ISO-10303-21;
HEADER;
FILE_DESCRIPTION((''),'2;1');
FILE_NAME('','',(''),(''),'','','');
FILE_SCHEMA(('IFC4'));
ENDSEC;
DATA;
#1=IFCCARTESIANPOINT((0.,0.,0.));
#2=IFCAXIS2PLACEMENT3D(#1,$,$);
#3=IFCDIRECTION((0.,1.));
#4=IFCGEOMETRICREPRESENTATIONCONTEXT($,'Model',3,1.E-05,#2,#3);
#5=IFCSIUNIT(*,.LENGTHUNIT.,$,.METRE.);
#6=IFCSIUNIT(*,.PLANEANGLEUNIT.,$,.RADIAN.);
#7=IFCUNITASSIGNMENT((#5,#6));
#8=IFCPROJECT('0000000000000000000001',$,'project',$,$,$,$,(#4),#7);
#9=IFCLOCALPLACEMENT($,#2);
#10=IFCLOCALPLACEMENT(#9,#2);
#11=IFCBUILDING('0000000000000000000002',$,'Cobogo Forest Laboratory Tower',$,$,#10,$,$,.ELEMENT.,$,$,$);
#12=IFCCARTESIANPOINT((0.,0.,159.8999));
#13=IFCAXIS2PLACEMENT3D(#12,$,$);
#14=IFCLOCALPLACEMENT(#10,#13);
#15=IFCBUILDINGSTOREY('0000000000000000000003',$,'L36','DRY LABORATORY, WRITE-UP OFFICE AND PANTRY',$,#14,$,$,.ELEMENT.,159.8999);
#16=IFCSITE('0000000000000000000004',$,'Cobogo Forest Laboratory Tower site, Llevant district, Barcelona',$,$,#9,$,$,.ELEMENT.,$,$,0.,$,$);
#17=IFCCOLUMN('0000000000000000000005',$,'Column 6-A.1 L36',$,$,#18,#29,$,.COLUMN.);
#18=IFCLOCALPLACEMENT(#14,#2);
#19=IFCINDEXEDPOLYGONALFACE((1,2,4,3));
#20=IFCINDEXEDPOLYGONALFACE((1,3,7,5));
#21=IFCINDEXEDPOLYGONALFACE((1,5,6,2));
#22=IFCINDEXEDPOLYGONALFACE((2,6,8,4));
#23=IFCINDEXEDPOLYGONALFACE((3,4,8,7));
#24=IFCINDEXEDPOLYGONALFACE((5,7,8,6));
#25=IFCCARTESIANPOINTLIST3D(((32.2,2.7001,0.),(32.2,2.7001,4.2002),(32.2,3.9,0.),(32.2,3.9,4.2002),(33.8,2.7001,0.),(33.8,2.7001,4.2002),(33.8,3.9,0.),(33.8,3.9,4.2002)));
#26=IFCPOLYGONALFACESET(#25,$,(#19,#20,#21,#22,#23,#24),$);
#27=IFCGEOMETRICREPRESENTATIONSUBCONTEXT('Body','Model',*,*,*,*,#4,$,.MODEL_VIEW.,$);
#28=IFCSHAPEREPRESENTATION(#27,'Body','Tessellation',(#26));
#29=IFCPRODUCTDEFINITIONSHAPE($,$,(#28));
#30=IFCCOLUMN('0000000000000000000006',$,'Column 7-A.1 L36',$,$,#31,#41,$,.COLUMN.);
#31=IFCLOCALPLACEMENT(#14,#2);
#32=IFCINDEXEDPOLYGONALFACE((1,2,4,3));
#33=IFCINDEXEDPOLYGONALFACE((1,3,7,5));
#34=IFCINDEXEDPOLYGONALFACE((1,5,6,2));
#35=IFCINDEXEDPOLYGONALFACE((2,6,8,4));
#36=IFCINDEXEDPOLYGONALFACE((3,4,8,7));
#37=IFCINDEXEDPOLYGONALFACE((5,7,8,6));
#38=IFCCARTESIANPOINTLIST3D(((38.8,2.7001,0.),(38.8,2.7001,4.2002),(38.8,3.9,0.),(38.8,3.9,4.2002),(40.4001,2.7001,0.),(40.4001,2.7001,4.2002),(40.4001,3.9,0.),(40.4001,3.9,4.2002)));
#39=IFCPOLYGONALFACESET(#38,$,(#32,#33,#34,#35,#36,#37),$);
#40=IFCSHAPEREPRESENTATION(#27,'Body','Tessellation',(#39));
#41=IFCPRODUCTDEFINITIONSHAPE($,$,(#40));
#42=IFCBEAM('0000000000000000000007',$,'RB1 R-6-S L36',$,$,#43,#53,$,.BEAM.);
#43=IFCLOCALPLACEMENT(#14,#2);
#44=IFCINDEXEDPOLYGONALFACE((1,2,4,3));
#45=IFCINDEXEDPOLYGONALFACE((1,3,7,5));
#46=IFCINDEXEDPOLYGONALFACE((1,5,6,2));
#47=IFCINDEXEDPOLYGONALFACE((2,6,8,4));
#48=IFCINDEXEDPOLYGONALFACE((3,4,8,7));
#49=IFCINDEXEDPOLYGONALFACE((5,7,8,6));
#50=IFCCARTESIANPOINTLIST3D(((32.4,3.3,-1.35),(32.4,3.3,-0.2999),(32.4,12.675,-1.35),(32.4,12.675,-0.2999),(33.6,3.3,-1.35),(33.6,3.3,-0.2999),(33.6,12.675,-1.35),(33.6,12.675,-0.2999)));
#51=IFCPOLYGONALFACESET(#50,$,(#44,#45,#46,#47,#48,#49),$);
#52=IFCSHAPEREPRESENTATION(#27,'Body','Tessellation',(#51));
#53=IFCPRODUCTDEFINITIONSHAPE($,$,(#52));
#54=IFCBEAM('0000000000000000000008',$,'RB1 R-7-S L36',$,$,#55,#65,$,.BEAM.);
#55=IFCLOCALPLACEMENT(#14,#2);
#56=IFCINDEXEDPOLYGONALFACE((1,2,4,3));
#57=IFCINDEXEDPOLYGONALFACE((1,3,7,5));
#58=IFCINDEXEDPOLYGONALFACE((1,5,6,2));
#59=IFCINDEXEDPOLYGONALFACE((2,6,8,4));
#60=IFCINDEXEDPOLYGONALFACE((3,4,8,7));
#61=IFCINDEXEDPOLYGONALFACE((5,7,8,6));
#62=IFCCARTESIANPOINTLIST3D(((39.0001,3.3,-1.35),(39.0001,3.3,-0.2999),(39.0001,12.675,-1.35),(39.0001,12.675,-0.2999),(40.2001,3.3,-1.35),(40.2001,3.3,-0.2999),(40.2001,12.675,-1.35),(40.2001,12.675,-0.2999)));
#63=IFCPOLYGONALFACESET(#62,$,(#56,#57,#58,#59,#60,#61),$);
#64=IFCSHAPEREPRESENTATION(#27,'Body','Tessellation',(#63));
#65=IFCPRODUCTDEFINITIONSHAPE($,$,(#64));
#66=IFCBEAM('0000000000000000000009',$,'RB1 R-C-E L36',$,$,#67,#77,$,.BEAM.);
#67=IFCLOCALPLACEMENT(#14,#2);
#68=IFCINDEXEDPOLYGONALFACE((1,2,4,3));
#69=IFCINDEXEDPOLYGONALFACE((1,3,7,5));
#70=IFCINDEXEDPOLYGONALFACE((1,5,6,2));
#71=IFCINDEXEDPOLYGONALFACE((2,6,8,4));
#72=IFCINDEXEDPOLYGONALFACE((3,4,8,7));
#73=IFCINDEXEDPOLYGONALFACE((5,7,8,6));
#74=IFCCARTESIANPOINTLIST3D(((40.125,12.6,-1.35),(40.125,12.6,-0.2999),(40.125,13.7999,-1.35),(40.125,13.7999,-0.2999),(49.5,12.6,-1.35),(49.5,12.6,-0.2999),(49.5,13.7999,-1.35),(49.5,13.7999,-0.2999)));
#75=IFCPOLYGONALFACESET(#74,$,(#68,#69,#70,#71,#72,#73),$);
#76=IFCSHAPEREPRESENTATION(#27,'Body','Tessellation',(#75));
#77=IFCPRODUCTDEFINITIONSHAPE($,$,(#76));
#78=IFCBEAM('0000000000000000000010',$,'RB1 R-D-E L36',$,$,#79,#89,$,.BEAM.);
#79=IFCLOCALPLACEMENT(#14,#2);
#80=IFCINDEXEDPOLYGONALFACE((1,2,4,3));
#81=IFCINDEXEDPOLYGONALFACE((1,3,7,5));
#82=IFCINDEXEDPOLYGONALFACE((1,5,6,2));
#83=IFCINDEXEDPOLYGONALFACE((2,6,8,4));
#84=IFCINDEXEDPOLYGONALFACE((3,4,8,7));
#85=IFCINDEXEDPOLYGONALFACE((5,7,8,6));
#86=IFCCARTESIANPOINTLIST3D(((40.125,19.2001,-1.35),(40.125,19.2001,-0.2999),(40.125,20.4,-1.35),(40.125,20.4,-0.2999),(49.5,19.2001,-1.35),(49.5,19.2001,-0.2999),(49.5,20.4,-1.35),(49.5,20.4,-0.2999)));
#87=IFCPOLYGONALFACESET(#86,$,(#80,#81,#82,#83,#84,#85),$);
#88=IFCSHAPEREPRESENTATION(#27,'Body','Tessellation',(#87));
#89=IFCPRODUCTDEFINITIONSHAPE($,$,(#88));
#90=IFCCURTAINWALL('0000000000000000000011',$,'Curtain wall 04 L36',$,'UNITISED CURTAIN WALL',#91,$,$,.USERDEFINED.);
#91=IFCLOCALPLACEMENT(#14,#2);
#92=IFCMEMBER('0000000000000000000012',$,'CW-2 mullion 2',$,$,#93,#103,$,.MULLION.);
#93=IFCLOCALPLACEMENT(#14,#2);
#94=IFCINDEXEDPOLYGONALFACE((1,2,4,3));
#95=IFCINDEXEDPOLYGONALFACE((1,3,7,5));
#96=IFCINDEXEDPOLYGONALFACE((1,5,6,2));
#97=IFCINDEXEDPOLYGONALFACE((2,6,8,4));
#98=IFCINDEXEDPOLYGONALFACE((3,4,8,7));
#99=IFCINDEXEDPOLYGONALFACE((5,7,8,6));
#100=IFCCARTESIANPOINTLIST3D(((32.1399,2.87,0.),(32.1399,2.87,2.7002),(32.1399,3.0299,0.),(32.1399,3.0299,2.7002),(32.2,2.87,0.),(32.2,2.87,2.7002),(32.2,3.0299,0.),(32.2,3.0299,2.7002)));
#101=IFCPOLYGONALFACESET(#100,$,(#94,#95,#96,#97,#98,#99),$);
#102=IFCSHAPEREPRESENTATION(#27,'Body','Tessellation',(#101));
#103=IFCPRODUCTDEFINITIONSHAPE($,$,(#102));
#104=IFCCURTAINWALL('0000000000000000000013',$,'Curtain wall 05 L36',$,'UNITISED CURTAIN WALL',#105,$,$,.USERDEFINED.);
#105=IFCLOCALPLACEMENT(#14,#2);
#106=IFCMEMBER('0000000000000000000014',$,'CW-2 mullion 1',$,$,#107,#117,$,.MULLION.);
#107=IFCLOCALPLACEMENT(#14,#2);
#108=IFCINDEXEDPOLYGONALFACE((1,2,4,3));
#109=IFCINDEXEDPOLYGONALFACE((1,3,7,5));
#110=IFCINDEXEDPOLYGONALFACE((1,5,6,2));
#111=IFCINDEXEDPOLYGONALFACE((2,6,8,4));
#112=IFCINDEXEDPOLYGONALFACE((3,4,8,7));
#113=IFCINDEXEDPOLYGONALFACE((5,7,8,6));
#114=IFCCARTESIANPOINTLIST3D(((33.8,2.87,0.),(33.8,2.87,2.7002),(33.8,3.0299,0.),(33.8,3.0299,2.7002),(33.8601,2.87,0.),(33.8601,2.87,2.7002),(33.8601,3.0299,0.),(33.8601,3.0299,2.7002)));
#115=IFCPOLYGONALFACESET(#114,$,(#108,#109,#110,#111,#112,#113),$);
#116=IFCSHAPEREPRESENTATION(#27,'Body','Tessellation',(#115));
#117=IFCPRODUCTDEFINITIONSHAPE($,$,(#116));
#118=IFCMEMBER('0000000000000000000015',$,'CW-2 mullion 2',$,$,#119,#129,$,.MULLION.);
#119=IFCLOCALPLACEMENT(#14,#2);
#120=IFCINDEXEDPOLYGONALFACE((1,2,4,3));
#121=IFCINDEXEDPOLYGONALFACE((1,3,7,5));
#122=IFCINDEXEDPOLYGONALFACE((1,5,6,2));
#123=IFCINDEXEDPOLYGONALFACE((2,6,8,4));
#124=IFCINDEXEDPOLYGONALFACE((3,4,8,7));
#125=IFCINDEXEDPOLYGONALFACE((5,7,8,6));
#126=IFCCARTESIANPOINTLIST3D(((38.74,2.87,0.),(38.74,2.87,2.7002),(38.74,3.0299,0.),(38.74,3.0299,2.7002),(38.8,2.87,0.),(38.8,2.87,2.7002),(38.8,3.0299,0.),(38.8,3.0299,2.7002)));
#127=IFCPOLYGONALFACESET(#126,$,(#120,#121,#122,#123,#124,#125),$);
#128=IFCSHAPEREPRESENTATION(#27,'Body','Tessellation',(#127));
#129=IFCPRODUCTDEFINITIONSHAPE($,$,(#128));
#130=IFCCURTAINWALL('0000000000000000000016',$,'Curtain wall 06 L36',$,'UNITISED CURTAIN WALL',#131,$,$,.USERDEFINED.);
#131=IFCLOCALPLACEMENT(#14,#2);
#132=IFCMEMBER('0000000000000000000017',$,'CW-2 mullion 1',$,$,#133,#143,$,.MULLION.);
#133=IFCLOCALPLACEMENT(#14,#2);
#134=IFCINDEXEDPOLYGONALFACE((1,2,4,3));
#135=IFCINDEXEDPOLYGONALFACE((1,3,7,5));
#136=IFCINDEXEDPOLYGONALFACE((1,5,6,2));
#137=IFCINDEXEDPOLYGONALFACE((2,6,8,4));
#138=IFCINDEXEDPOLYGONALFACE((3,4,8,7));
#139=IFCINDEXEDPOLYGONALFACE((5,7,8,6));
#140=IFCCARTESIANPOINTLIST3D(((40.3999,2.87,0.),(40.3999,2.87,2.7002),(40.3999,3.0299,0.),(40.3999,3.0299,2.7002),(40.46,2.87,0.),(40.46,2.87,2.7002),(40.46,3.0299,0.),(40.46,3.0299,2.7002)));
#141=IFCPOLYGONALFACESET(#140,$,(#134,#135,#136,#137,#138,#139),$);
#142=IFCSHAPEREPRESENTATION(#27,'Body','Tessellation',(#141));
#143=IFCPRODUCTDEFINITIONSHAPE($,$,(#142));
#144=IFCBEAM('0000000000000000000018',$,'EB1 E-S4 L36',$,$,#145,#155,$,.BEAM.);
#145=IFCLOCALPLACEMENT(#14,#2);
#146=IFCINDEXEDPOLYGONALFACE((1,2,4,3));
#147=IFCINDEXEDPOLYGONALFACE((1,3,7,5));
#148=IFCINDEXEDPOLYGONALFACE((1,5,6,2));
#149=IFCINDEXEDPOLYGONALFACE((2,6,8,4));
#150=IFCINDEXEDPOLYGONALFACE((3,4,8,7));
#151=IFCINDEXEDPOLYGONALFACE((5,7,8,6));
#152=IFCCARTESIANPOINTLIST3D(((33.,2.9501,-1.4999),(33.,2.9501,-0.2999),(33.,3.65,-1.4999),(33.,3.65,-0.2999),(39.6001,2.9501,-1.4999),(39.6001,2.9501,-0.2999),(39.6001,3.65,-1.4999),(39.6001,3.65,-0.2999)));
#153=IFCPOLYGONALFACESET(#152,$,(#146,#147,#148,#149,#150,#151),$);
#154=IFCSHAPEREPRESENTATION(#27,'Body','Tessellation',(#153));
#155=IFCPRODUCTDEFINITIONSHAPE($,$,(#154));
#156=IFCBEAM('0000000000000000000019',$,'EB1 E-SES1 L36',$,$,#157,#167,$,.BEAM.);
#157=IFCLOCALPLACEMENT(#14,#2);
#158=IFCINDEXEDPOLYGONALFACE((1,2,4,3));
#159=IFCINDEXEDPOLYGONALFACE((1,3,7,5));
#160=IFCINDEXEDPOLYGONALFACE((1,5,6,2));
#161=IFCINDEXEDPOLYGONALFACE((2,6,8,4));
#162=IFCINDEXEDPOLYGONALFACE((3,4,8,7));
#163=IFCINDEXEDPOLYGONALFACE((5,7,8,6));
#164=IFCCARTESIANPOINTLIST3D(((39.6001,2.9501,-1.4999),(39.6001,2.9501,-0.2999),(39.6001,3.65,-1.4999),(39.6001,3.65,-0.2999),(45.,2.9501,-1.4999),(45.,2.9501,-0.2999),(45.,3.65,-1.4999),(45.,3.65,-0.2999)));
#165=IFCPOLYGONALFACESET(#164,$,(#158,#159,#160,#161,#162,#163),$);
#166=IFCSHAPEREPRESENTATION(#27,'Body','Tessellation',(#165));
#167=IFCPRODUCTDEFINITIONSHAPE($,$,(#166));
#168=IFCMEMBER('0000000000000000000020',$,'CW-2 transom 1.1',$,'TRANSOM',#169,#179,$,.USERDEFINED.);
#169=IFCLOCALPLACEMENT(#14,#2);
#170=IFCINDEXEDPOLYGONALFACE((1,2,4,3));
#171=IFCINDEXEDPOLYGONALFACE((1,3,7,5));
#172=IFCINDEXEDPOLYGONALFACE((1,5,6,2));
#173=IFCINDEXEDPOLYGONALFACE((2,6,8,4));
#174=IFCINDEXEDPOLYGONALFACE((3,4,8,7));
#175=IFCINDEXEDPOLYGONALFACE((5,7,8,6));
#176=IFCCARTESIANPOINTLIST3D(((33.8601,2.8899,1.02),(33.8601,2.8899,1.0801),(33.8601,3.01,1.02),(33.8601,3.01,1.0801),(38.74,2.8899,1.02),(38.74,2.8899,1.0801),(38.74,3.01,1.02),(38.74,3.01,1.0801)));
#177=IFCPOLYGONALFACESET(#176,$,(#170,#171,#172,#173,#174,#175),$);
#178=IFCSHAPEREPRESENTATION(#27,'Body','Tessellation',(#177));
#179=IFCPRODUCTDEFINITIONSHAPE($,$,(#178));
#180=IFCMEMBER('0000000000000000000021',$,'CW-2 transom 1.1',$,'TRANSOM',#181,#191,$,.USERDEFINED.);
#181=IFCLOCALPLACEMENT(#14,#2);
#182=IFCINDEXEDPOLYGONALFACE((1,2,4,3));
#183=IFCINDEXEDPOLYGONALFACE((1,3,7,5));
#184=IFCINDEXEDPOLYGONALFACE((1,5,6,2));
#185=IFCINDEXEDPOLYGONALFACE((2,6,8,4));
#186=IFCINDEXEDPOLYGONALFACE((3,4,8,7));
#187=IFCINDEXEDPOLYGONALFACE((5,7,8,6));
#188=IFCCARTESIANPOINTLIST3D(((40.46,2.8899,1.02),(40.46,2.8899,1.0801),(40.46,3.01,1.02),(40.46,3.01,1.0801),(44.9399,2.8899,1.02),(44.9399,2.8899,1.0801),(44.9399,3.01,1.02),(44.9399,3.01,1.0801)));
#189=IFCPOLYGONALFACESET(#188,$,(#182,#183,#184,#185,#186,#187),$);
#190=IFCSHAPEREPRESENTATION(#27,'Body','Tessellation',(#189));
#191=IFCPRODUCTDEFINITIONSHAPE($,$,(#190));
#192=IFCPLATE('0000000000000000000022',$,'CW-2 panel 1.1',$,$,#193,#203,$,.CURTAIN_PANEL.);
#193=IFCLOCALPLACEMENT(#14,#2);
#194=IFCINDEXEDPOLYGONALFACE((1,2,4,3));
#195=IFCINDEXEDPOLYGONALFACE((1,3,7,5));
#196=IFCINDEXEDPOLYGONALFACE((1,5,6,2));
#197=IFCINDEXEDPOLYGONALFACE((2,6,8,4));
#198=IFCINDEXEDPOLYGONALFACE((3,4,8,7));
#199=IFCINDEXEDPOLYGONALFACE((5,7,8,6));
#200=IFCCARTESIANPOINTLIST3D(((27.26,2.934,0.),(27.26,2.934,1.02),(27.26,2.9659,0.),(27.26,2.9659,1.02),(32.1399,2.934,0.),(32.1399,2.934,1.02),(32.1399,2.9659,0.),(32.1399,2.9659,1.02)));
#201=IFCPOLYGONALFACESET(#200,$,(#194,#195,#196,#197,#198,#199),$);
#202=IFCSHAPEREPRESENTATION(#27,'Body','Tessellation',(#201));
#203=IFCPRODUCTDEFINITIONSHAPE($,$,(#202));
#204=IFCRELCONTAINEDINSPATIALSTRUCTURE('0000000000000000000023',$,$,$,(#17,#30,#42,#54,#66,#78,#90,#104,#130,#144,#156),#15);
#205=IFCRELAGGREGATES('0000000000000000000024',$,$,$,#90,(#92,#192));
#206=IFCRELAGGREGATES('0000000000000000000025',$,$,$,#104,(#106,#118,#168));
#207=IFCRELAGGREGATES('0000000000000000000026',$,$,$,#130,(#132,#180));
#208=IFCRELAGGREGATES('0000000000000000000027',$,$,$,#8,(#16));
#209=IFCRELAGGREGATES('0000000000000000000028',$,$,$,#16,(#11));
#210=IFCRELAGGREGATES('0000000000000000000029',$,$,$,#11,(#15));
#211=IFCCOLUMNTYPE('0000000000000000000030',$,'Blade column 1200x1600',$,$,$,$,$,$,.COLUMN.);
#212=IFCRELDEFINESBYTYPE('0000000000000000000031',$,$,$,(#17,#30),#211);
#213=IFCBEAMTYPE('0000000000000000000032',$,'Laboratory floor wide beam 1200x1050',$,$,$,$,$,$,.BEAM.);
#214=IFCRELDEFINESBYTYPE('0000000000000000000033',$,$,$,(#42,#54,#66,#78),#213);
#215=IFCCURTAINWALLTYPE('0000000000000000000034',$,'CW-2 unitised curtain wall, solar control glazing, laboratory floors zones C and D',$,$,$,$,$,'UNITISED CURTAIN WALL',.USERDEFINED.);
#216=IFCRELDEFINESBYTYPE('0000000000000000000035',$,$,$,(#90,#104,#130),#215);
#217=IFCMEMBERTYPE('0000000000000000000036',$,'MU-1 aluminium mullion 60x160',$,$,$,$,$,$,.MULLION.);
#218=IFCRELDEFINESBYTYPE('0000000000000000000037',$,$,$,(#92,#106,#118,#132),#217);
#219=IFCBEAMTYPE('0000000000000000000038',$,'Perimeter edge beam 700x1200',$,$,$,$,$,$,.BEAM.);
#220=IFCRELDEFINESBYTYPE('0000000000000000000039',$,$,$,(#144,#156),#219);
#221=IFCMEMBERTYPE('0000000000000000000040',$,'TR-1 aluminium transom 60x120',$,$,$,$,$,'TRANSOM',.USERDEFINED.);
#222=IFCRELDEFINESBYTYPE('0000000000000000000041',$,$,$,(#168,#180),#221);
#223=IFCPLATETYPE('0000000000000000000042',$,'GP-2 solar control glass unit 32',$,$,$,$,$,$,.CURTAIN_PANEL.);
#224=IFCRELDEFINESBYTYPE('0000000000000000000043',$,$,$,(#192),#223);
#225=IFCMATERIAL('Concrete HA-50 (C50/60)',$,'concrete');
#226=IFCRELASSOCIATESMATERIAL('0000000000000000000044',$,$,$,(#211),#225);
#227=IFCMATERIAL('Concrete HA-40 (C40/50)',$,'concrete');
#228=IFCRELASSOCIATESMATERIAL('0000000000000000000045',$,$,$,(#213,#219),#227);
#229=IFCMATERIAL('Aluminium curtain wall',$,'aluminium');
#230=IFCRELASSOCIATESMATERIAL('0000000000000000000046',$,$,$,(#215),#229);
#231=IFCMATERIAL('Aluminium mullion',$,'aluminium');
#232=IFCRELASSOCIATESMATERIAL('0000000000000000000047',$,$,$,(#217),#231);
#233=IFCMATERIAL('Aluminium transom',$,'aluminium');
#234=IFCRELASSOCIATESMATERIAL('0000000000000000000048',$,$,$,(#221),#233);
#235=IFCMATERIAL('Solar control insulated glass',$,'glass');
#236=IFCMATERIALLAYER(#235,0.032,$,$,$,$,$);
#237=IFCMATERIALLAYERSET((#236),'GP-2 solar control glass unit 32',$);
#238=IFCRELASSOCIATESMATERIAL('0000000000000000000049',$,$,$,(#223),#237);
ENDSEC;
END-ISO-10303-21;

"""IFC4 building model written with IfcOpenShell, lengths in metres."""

from ifc_helpers import new_model, si_unit, direction, frame, origin, origin_2d, place, context, subcontext, project, spatial, rectangle, extrude, material, layer, layer_set, material_profile, profile_set, type_object, element, aggregate, save


model = new_model("IFC4")

# Units and contexts
model_context = context("Model", 3, precision=1e-05, world=origin(), true_north=direction((0.0, 1.0)))
body_context = subcontext(model_context, "Body", "Model", "MODEL_VIEW")
ifc_project = project(units=[si_unit("LENGTHUNIT", "METRE"), si_unit("PLANEANGLEUNIT", "RADIAN")], contexts=[model_context])

# Site, building, storey
site_placement = place(None, origin())
site = spatial("IfcSite", under=ifc_project, at=site_placement, Name="Cobogo Forest Laboratory Tower site, Llevant district, Barcelona", CompositionType="ELEMENT", RefElevation=0.0)
building_placement = place(site_placement, origin())
building = spatial("IfcBuilding", under=site, at=building_placement, Name="Cobogo Forest Laboratory Tower", CompositionType="ELEMENT")
storey_placement = place(building_placement, frame((0.0, 0.0, 159.8999)))
storey = spatial("IfcBuildingStorey", under=building, at=storey_placement, Name="L36", Description="DRY LABORATORY, WRITE-UP OFFICE AND PANTRY", CompositionType="ELEMENT", Elevation=159.8999)

# Columns
ifc_material_1 = material(Name="Concrete HA-50 (C50/60)", Category="concrete")
ifc_material_profile_1 = material_profile(ifc_material_1, rectangle(XDim=1.6001, YDim=1.2, at=origin_2d()), Name="RC 1200x1600")
ifc_profile_set_1 = profile_set([ifc_material_profile_1], Name="Concrete HA-50 (C50/60)")
column_type = type_object("IfcColumnType", Name="Blade column 1200x1600", PredefinedType="COLUMN", material=ifc_profile_set_1)
for number, where, z_axis, x_axis, name in (
    (1, (33.0, 3.3, 0.0), (0.0, 0.0, 1.0), (1.0, 0.0, 0.0), "Column 6-A.1 L36"),
    (2, (39.6001, 3.3, 0.0), (0.0, 0.0, 1.0), (1.0, 0.0, 0.0), "Column 7-A.1 L36"),
):
    element("IfcColumn", number, at=place(storey_placement, frame(where, z_axis=z_axis, x_axis=x_axis)), inside=storey, type_object=column_type, Name=name, PredefinedType="COLUMN", context=body_context, shape_type="SweptSolid", body=[
        extrude(rectangle(XDim=1.6001, YDim=1.2, at=origin_2d()), origin(), (0.0, 0.0, 1.0), 4.2002),
    ])

# Beams
ifc_material_2 = material(Name="Concrete HA-40 (C40/50)", Category="concrete")
ifc_material_profile_2 = material_profile(ifc_material_2, rectangle(XDim=1.2, YDim=1.05, at=origin_2d()), Name="RC 1200x1050")
ifc_profile_set_2 = profile_set([ifc_material_profile_2], Name="Concrete HA-40 (C40/50)")
beam_type_1 = type_object("IfcBeamType", Name="Laboratory floor wide beam 1200x1050", PredefinedType="BEAM", material=ifc_profile_set_2)
for number, where, z_axis, x_axis, name in (
    (3, (33.0, 12.675, -0.825), (0.0, -1.0, 0.0), (1.0, 0.0, 0.0), "RB1 R-6-S L36"),
    (4, (39.6001, 12.675, -0.825), (0.0, -1.0, 0.0), (1.0, 0.0, 0.0), "RB1 R-7-S L36"),
    (5, (40.125, 13.2, -0.825), (1.0, 0.0, 0.0), (0.0, 1.0, 0.0), "RB1 R-C-E L36"),
    (6, (40.125, 19.8, -0.825), (1.0, 0.0, 0.0), (0.0, 1.0, 0.0), "RB1 R-D-E L36"),
):
    element("IfcBeam", number, at=place(storey_placement, frame(where, z_axis=z_axis, x_axis=x_axis)), inside=storey, type_object=beam_type_1, Name=name, PredefinedType="BEAM", context=body_context, shape_type="SweptSolid", body=[
        extrude(rectangle(XDim=1.2, YDim=1.05, at=origin_2d()), origin(), (0.0, 0.0, 1.0), 9.375),
    ])

# Curtain wall, member
ifc_material_3 = material(Name="Aluminium curtain wall", Category="aluminium")
curtain_wall_type = type_object("IfcCurtainWallType", Name="CW-2 unitised curtain wall, solar control glazing, laboratory floors zones C and D", ElementType="UNITISED CURTAIN WALL", PredefinedType="USERDEFINED", material=ifc_material_3)
curtain_wall_1_placement = place(storey_placement, origin())
curtain_wall_1 = element("IfcCurtainWall", 7, at=curtain_wall_1_placement, inside=storey, type_object=curtain_wall_type, Name="Curtain wall 04 L36", ObjectType="UNITISED CURTAIN WALL", PredefinedType="USERDEFINED")
ifc_material_4 = material(Name="Aluminium mullion", Category="aluminium")
ifc_material_profile_3 = material_profile(ifc_material_4, rectangle(XDim=0.0601, YDim=0.1599, at=origin_2d()), Name="AL 60x160")
ifc_profile_set_3 = profile_set([ifc_material_profile_3], Name="Aluminium mullion")
member_type_1 = type_object("IfcMemberType", Name="MU-1 aluminium mullion 60x160", PredefinedType="MULLION", material=ifc_profile_set_3)
member_1_placement = place(storey_placement, frame((32.1699, 2.95, 0.0), z_axis=(0.0, 0.0, 1.0), x_axis=(1.0, 0.0, 0.0)))
member_1 = element("IfcMember", 8, at=member_1_placement, type_object=member_type_1, Name="CW-2 mullion 2", PredefinedType="MULLION", context=body_context, shape_type="SweptSolid", body=[
    extrude(rectangle(XDim=0.0601, YDim=0.1599, at=origin_2d()), origin(), (0.0, 0.0, 1.0), 2.7002),
])

# Curtain wall, members
curtain_wall_2_placement = place(storey_placement, origin())
curtain_wall_2 = element("IfcCurtainWall", 9, at=curtain_wall_2_placement, inside=storey, type_object=curtain_wall_type, Name="Curtain wall 05 L36", ObjectType="UNITISED CURTAIN WALL", PredefinedType="USERDEFINED")
member_2_placement = place(storey_placement, frame((33.8301, 2.95, 0.0), z_axis=(0.0, 0.0, 1.0), x_axis=(1.0, 0.0, 0.0)))
member_2 = element("IfcMember", 10, at=member_2_placement, type_object=member_type_1, Name="CW-2 mullion 1", PredefinedType="MULLION", context=body_context, shape_type="SweptSolid", body=[
    extrude(rectangle(XDim=0.0601, YDim=0.1599, at=origin_2d()), origin(), (0.0, 0.0, 1.0), 2.7002),
])
member_3_placement = place(storey_placement, frame((38.77, 2.95, 0.0), z_axis=(0.0, 0.0, 1.0), x_axis=(1.0, 0.0, 0.0)))
member_3 = element("IfcMember", 11, at=member_3_placement, type_object=member_type_1, Name="CW-2 mullion 2", PredefinedType="MULLION", context=body_context, shape_type="SweptSolid", body=[
    extrude(rectangle(XDim=0.0601, YDim=0.1599, at=origin_2d()), origin(), (0.0, 0.0, 1.0), 2.7002),
])

# Curtain wall, member
curtain_wall_3_placement = place(storey_placement, origin())
curtain_wall_3 = element("IfcCurtainWall", 12, at=curtain_wall_3_placement, inside=storey, type_object=curtain_wall_type, Name="Curtain wall 06 L36", ObjectType="UNITISED CURTAIN WALL", PredefinedType="USERDEFINED")
member_4_placement = place(storey_placement, frame((40.4299, 2.95, 0.0), z_axis=(0.0, 0.0, 1.0), x_axis=(1.0, 0.0, 0.0)))
member_4 = element("IfcMember", 13, at=member_4_placement, type_object=member_type_1, Name="CW-2 mullion 1", PredefinedType="MULLION", context=body_context, shape_type="SweptSolid", body=[
    extrude(rectangle(XDim=0.0601, YDim=0.1599, at=origin_2d()), origin(), (0.0, 0.0, 1.0), 2.7002),
])

# Beams
ifc_material_profile_4 = material_profile(ifc_material_2, rectangle(XDim=0.7, YDim=1.2, at=origin_2d()), Name="RC 700x1200")
ifc_profile_set_4 = profile_set([ifc_material_profile_4], Name="Concrete HA-40 (C40/50)")
beam_type_2 = type_object("IfcBeamType", Name="Perimeter edge beam 700x1200", PredefinedType="BEAM", material=ifc_profile_set_4)
beam_1_placement = place(storey_placement, frame((33.0, 3.3, -0.8999), z_axis=(1.0, 0.0, 0.0), x_axis=(0.0, 1.0, 0.0)))
element("IfcBeam", 14, at=beam_1_placement, inside=storey, type_object=beam_type_2, Name="EB1 E-S4 L36", PredefinedType="BEAM", context=body_context, shape_type="SweptSolid", body=[
    extrude(rectangle(XDim=0.7, YDim=1.2, at=origin_2d()), origin(), (0.0, 0.0, 1.0), 6.6001),
])
beam_2_placement = place(storey_placement, frame((39.6001, 3.3, -0.8999), z_axis=(1.0, 0.0, 0.0), x_axis=(0.0, 1.0, 0.0)))
element("IfcBeam", 15, at=beam_2_placement, inside=storey, type_object=beam_type_2, Name="EB1 E-SES1 L36", PredefinedType="BEAM", context=body_context, shape_type="SweptSolid", body=[
    extrude(rectangle(XDim=0.7, YDim=1.2, at=origin_2d()), origin(), (0.0, 0.0, 1.0), 5.3999),
])

# Members
ifc_material_5 = material(Name="Aluminium transom", Category="aluminium")
ifc_material_profile_5 = material_profile(ifc_material_5, rectangle(XDim=0.1201, YDim=0.0601, at=origin_2d()), Name="AL 60x120")
ifc_profile_set_5 = profile_set([ifc_material_profile_5], Name="Aluminium transom")
member_type_2 = type_object("IfcMemberType", Name="TR-1 aluminium transom 60x120", ElementType="TRANSOM", PredefinedType="USERDEFINED", material=ifc_profile_set_5)
member_5_placement = place(storey_placement, frame((33.8601, 2.95, 1.05), z_axis=(1.0, 0.0, 0.0), x_axis=(0.0, 1.0, 0.0)))
member_5 = element("IfcMember", 16, at=member_5_placement, type_object=member_type_2, Name="CW-2 transom 1.1", ObjectType="TRANSOM", PredefinedType="USERDEFINED", context=body_context, shape_type="SweptSolid", body=[
    extrude(rectangle(XDim=0.1201, YDim=0.0601, at=origin_2d()), origin(), (0.0, 0.0, 1.0), 4.8799),
])
member_6_placement = place(storey_placement, frame((40.46, 2.95, 1.05), z_axis=(1.0, 0.0, 0.0), x_axis=(0.0, 1.0, 0.0)))
member_6 = element("IfcMember", 17, at=member_6_placement, type_object=member_type_2, Name="CW-2 transom 1.1", ObjectType="TRANSOM", PredefinedType="USERDEFINED", context=body_context, shape_type="SweptSolid", body=[
    extrude(rectangle(XDim=0.1201, YDim=0.0601, at=origin_2d()), origin(), (0.0, 0.0, 1.0), 4.48),
])

# Plate
ifc_material_6 = material(Name="Solar control insulated glass", Category="glass")
ifc_layer_1 = layer(ifc_material_6, 0.032)
ifc_layer_set_1 = layer_set([ifc_layer_1], Name="GP-2 solar control glass unit 32")
plate_type_1 = type_object("IfcPlateType", Name="GP-2 solar control glass unit 32", PredefinedType="CURTAIN_PANEL", material=ifc_layer_set_1)
plate_1_placement = place(storey_placement, frame((29.7, 2.95, 0.0), z_axis=(0.0, 0.0, 1.0), x_axis=(1.0, 0.0, 0.0)))
plate_1 = element("IfcPlate", 18, at=plate_1_placement, type_object=plate_type_1, Name="CW-2 panel 1.1", PredefinedType="CURTAIN_PANEL", context=body_context, shape_type="SweptSolid", body=[
    extrude(rectangle(XDim=4.8799, YDim=0.032, at=origin_2d()), origin(), (0.0, 0.0, 1.0), 1.02),
])
aggregate(curtain_wall_1, [member_1, plate_1])
aggregate(curtain_wall_2, [member_2, member_3, member_5])
aggregate(curtain_wall_3, [member_4, member_6])

save(model, "model.ifc")
